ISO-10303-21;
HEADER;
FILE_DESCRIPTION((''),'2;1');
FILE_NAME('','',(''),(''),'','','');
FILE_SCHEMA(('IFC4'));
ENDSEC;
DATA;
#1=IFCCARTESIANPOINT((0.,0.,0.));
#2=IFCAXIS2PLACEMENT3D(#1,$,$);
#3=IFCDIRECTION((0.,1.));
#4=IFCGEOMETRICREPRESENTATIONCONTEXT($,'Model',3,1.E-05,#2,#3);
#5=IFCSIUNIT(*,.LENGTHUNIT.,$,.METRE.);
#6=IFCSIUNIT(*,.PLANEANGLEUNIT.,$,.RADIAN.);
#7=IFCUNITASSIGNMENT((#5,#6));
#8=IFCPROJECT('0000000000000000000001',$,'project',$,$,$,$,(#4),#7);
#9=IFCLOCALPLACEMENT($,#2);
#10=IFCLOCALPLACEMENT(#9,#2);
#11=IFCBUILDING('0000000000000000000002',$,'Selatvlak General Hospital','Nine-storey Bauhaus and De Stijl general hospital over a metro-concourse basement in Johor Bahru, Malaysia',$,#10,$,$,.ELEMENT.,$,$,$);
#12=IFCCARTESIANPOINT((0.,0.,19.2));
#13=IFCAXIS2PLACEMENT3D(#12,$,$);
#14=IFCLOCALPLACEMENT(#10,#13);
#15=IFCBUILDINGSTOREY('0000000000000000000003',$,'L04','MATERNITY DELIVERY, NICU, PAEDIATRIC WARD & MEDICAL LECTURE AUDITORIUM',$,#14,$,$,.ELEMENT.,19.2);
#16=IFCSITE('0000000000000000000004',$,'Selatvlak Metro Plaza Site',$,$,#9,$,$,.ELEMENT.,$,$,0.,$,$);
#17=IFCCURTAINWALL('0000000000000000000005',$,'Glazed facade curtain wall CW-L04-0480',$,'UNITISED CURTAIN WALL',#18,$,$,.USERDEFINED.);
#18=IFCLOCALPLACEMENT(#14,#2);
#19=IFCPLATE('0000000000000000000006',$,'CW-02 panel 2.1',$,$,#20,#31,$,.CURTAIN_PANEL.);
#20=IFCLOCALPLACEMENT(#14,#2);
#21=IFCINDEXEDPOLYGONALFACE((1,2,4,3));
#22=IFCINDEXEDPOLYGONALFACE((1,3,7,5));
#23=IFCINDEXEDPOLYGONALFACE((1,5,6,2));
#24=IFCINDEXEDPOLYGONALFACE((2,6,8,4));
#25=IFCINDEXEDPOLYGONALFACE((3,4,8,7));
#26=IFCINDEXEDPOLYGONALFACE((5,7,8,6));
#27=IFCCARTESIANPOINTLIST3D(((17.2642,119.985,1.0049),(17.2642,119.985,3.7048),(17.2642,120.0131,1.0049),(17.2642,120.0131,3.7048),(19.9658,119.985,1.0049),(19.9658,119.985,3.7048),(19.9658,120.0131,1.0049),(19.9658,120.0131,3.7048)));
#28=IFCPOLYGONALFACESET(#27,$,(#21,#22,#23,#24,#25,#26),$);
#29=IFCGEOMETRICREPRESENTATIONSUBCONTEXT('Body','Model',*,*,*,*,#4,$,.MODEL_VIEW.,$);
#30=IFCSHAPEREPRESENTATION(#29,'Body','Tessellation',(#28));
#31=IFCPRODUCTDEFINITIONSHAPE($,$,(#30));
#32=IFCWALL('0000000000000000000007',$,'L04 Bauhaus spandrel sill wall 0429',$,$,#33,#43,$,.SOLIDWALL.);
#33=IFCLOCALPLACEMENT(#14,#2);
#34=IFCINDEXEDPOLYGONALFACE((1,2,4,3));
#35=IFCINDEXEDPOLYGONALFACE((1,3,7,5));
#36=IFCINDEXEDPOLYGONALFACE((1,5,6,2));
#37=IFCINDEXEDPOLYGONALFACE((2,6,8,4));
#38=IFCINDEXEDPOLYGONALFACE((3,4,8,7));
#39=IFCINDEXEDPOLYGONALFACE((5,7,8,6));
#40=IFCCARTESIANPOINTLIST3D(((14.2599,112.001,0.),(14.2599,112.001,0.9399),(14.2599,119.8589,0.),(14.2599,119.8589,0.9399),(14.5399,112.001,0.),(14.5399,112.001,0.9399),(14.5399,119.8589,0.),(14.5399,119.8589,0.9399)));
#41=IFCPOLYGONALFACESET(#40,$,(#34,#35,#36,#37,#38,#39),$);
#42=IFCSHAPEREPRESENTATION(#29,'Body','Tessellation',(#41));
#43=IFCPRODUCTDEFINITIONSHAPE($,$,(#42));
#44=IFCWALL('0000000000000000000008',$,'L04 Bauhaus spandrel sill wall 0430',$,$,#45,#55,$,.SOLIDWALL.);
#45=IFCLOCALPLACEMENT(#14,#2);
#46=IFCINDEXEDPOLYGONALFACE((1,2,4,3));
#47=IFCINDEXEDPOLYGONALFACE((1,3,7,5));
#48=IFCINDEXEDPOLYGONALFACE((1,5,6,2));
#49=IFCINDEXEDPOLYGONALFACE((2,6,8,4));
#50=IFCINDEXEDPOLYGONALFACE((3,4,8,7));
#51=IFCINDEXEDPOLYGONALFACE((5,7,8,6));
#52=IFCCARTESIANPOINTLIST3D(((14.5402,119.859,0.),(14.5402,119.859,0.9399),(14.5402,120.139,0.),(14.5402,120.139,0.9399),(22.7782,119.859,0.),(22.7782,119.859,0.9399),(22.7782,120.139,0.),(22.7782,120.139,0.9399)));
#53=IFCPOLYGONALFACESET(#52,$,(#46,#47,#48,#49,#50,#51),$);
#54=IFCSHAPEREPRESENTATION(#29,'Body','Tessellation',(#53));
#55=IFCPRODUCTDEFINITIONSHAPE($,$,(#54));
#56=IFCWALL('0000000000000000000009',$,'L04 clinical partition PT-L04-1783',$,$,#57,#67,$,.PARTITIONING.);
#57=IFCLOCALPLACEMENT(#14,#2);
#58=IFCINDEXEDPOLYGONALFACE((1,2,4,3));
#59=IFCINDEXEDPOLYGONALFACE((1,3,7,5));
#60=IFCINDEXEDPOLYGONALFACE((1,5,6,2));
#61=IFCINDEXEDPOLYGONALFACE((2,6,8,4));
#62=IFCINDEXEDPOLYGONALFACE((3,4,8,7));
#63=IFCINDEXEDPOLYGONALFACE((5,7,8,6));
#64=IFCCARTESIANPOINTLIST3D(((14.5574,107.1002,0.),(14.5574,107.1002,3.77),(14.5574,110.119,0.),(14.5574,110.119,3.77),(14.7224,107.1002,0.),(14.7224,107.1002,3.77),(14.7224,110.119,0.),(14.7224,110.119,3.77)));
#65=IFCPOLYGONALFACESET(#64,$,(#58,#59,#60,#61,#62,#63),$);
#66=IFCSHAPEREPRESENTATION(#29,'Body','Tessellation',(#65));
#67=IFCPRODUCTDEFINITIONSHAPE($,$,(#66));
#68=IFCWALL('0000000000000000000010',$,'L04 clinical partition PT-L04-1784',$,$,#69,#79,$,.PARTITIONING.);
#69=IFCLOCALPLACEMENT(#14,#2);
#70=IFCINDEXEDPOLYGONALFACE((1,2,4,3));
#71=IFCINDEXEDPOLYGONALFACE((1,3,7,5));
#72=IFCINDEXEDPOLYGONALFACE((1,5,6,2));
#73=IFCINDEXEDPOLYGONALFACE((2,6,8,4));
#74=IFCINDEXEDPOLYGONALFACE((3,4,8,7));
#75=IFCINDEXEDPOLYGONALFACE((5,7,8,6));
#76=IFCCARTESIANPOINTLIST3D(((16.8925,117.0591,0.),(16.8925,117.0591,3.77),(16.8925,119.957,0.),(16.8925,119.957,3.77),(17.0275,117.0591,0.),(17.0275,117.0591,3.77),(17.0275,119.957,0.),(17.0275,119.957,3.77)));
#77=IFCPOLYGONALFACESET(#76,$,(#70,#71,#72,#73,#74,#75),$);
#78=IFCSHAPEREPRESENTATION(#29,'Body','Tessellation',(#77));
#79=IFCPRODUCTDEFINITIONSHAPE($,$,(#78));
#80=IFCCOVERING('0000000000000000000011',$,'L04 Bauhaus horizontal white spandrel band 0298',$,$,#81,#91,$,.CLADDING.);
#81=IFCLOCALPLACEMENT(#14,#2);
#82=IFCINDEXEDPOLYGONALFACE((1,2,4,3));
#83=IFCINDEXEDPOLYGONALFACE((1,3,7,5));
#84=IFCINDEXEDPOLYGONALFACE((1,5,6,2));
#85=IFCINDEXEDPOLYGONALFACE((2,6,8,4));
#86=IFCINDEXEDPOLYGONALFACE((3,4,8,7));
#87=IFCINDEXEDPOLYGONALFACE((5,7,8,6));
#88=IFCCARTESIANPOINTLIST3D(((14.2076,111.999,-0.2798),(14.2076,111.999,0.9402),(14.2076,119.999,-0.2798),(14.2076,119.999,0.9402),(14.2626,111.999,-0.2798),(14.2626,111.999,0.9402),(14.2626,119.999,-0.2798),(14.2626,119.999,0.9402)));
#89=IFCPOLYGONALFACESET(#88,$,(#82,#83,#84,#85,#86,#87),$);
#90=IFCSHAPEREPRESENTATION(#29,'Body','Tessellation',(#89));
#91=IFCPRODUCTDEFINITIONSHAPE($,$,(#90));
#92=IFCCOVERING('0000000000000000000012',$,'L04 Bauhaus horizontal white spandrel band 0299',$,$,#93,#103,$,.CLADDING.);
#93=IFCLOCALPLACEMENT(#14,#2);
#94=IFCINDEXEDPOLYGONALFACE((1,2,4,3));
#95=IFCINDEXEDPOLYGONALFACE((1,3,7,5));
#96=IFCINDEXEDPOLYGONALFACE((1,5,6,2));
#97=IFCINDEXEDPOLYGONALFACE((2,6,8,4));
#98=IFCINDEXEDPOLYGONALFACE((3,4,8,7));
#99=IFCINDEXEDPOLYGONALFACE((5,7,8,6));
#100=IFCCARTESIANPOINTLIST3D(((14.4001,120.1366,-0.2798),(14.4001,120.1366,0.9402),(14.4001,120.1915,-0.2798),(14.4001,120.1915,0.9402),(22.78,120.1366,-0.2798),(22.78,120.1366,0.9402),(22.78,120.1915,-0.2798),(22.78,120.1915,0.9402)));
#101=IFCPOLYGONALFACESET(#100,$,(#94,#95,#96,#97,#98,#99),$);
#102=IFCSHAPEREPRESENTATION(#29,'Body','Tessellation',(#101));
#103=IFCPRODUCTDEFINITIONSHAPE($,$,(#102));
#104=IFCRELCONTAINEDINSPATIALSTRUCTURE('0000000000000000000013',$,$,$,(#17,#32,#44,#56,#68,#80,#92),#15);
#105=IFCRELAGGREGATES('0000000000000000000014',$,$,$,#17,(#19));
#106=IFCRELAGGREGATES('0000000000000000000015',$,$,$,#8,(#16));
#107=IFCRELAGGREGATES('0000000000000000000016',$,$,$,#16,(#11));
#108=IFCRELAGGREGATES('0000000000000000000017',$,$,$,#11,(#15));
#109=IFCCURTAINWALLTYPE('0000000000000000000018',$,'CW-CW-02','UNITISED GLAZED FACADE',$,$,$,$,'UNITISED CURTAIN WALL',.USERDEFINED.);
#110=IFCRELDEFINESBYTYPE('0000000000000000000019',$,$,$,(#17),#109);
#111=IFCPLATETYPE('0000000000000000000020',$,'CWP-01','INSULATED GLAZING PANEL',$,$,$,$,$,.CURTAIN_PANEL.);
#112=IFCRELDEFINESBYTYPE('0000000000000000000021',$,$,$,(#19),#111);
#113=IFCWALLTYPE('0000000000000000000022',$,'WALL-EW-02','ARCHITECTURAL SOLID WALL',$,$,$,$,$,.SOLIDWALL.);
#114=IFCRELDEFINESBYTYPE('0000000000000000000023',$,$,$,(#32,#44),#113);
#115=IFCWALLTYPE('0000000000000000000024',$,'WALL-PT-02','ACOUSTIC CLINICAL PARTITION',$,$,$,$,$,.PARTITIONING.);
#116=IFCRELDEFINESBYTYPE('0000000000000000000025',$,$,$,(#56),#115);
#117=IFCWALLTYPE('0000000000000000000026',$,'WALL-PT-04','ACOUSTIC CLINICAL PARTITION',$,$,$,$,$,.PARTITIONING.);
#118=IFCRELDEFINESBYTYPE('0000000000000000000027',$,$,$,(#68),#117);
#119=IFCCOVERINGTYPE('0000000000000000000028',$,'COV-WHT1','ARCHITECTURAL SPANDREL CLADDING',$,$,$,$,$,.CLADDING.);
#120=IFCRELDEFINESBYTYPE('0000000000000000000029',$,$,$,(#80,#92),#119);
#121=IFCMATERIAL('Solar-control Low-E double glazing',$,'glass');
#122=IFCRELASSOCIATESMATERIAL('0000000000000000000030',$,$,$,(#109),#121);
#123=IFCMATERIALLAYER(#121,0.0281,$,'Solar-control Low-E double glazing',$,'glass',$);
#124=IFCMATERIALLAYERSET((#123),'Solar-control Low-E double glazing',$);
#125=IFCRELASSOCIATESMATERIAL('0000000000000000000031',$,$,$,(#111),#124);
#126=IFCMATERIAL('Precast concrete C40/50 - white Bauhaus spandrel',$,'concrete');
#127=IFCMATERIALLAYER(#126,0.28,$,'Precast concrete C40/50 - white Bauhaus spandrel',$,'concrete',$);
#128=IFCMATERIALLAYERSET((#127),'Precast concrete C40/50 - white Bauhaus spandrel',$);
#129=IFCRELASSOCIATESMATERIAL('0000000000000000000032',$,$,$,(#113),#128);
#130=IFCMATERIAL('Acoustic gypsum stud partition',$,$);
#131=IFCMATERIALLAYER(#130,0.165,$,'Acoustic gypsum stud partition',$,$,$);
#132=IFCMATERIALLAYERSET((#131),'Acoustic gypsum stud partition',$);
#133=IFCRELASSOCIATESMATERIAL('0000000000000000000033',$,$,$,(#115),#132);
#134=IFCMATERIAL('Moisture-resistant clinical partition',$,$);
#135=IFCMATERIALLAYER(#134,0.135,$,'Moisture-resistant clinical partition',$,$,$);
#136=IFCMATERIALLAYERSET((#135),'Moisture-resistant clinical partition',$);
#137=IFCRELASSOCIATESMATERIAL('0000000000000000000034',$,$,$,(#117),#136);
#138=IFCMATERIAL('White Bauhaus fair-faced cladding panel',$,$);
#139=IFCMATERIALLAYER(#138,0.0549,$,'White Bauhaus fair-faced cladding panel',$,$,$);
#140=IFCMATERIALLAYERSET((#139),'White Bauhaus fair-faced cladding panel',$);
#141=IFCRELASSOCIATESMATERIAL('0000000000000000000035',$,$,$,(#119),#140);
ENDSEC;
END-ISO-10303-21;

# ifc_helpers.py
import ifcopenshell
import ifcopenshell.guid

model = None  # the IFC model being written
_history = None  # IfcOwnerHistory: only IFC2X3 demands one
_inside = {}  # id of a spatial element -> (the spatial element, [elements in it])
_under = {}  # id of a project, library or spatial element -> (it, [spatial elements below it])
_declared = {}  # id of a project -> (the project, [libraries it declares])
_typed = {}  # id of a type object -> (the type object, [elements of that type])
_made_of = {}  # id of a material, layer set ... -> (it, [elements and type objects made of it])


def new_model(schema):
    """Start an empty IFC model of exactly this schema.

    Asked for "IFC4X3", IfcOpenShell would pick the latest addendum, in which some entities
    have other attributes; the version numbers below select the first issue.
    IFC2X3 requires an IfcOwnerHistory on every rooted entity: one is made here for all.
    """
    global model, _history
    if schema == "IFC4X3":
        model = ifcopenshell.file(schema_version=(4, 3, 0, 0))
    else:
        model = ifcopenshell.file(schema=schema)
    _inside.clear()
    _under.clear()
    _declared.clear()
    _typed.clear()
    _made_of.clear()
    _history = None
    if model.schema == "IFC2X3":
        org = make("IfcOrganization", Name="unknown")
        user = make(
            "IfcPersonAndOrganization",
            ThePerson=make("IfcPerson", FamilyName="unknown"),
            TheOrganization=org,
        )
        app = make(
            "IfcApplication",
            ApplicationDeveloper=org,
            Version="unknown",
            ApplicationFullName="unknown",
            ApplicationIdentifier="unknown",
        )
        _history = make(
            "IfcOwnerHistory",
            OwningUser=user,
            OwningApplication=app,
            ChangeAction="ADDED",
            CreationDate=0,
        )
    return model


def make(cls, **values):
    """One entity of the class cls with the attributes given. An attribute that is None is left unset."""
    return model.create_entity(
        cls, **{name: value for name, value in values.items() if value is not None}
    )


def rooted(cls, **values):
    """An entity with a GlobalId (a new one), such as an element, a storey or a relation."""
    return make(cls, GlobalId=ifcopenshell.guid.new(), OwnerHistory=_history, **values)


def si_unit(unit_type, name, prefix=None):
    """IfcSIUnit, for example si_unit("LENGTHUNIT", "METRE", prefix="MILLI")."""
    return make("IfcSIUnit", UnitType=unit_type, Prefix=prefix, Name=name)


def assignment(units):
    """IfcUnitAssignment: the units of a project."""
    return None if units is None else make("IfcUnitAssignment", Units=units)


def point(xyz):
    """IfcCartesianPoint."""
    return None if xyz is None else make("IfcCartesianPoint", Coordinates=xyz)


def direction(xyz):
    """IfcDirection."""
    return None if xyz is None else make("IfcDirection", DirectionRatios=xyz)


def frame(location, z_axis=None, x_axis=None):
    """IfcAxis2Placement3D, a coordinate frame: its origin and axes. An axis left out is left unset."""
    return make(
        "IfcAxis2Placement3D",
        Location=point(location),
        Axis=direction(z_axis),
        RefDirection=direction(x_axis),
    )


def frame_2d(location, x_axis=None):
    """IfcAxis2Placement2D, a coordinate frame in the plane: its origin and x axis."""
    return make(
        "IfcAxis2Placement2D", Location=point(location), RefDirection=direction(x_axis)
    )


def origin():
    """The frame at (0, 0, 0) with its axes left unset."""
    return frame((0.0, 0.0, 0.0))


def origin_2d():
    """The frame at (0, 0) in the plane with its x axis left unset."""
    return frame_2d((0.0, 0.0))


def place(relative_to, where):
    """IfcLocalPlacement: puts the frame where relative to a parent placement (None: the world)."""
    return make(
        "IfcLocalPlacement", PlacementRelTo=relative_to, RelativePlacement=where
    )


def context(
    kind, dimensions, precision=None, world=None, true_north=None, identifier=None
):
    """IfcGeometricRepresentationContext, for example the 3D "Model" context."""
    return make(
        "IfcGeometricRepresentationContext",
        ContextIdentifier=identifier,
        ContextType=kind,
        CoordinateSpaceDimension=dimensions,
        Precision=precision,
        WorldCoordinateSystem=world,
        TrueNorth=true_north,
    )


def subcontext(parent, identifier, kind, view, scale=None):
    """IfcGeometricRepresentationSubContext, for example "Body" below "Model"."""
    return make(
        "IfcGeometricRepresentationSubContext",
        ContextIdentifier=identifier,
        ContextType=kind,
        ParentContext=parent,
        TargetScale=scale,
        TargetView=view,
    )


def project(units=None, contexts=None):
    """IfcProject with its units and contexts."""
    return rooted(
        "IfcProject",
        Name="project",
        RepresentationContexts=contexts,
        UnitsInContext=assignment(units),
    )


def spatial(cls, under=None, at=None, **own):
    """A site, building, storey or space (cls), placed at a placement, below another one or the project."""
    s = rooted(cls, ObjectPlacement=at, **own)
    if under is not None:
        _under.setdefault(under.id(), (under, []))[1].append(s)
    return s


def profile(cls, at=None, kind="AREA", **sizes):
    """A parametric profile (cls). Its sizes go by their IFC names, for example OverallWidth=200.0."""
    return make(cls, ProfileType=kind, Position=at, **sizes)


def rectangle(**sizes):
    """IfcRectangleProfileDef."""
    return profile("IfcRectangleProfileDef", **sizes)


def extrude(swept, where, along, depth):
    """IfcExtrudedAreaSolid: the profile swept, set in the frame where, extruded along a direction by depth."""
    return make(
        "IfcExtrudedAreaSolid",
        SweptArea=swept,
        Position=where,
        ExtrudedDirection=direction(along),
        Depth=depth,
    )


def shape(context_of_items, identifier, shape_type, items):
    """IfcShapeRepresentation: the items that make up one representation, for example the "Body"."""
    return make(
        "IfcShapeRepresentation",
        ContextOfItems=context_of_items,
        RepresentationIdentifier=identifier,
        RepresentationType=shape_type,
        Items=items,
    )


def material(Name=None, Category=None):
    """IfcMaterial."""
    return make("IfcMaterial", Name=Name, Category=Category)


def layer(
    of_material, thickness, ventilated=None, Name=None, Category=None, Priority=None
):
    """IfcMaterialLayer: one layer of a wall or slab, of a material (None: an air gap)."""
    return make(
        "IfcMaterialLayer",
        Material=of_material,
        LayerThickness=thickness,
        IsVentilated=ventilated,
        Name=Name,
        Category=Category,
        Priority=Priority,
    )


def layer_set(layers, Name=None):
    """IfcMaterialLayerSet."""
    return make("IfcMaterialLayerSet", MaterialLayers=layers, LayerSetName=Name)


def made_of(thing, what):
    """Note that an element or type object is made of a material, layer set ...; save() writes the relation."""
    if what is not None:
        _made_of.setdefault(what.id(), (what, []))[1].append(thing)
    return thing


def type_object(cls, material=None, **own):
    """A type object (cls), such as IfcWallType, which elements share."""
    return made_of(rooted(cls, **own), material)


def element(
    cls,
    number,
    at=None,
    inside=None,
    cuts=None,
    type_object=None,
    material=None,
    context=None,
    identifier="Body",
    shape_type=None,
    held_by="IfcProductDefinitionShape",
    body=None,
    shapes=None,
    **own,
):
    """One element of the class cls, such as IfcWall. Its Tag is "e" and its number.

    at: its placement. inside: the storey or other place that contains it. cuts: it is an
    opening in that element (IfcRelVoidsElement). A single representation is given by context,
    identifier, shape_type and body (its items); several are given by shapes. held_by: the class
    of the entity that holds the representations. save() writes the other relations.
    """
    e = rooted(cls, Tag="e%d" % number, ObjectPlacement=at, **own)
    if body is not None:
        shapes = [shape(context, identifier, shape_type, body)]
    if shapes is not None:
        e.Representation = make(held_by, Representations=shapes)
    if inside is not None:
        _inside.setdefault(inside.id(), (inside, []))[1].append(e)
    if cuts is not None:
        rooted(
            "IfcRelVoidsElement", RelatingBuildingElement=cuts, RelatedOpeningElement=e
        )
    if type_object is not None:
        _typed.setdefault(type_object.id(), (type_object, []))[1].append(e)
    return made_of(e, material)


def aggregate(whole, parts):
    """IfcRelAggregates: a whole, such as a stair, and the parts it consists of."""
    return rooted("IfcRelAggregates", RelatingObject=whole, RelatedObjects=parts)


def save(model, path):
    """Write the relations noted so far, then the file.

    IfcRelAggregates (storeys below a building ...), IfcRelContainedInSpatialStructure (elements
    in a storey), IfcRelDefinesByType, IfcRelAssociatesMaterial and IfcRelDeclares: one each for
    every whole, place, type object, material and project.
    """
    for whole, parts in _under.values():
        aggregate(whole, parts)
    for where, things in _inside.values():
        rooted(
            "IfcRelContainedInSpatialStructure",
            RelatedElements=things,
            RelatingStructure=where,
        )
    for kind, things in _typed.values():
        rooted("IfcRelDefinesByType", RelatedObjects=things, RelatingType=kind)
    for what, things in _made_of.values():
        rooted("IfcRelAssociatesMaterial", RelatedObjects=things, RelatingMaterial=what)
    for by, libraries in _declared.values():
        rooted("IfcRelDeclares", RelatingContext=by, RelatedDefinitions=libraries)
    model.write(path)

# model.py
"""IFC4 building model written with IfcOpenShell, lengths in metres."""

from ifc_helpers import new_model, si_unit, direction, frame, frame_2d, origin, origin_2d, place, context, subcontext, project, spatial, rectangle, extrude, material, layer, layer_set, type_object, element, aggregate, save


model = new_model("IFC4")

# Units and contexts
model_context = context("Model", 3, precision=1e-05, world=origin(), true_north=direction((0.0, 1.0)))
body_context = subcontext(model_context, "Body", "Model", "MODEL_VIEW")
ifc_project = project(units=[si_unit("LENGTHUNIT", "METRE"), si_unit("PLANEANGLEUNIT", "RADIAN")], contexts=[model_context])

# Site, building, storey
site_placement = place(None, origin())
site = spatial("IfcSite", under=ifc_project, at=site_placement, Name="Selatvlak Metro Plaza Site", CompositionType="ELEMENT", RefElevation=0.0)
building_placement = place(site_placement, origin())
building = spatial("IfcBuilding", under=site, at=building_placement, Name="Selatvlak General Hospital", Description="Nine-storey Bauhaus and De Stijl general hospital over a metro-concourse basement in Johor Bahru, Malaysia", CompositionType="ELEMENT")
storey_placement = place(building_placement, frame((0.0, 0.0, 19.2)))
storey = spatial("IfcBuildingStorey", under=building, at=storey_placement, Name="L04", Description="MATERNITY DELIVERY, NICU, PAEDIATRIC WARD & MEDICAL LECTURE AUDITORIUM", CompositionType="ELEMENT", Elevation=19.2)

# Shared definitions
ifc_material_1 = material(Name="Solar-control Low-E double glazing", Category="glass")
curtain_wall_type_1 = type_object("IfcCurtainWallType", Name="CW-CW-02", Description="UNITISED GLAZED FACADE", ElementType="UNITISED CURTAIN WALL", PredefinedType="USERDEFINED", material=ifc_material_1)

# Curtain wall
curtain_wall_1_placement = place(storey_placement, origin())
curtain_wall_1 = element("IfcCurtainWall", 1, at=curtain_wall_1_placement, inside=storey, type_object=curtain_wall_type_1, Name="Glazed facade curtain wall CW-L04-0480", ObjectType="UNITISED CURTAIN WALL", PredefinedType="USERDEFINED")

# Plate
ifc_layer_1 = layer(ifc_material_1, 0.0281, Name="Solar-control Low-E double glazing", Category="glass")
ifc_layer_set_1 = layer_set([ifc_layer_1], Name="Solar-control Low-E double glazing")
plate_type = type_object("IfcPlateType", Name="CWP-01", Description="INSULATED GLAZING PANEL", PredefinedType="CURTAIN_PANEL", material=ifc_layer_set_1)
plate_1_placement = place(storey_placement, frame((18.615, 119.999, 1.0049), z_axis=(0.0, 0.0, 1.0), x_axis=(1.0, 0.0, 0.0)))
plate_1 = element("IfcPlate", 2, at=plate_1_placement, type_object=plate_type, Name="CW-02 panel 2.1", PredefinedType="CURTAIN_PANEL", context=body_context, shape_type="SweptSolid", body=[
    extrude(rectangle(XDim=2.7017, YDim=0.0281, at=origin_2d()), origin(), (0.0, 0.0, 1.0), 2.7),
])
aggregate(curtain_wall_1, [plate_1])

# Walls
ifc_material_2 = material(Name="Precast concrete C40/50 - white Bauhaus spandrel", Category="concrete")
ifc_layer_2 = layer(ifc_material_2, 0.28, Name="Precast concrete C40/50 - white Bauhaus spandrel", Category="concrete")
ifc_layer_set_2 = layer_set([ifc_layer_2], Name="Precast concrete C40/50 - white Bauhaus spandrel")
wall_type_1 = type_object("IfcWallType", Name="WALL-EW-02", Description="ARCHITECTURAL SOLID WALL", PredefinedType="SOLIDWALL", material=ifc_layer_set_2)
wall_1_placement = place(storey_placement, frame((14.3999, 112.001, 0.0), z_axis=(0.0, 0.0, 1.0), x_axis=(0.0, 1.0, 0.0)))
element("IfcWall", 3, at=wall_1_placement, inside=storey, type_object=wall_type_1, Name="L04 Bauhaus spandrel sill wall 0429", PredefinedType="SOLIDWALL", context=body_context, shape_type="SweptSolid", body=[
    extrude(rectangle(XDim=7.8579, YDim=0.28, at=frame_2d((3.929, 0.0))), origin(), (0.0, 0.0, 1.0), 0.9399),
])
wall_2_placement = place(storey_placement, frame((14.54, 119.999, 0.0), z_axis=(0.0, 0.0, 1.0), x_axis=(1.0, 0.0, 0.0)))
element("IfcWall", 4, at=wall_2_placement, inside=storey, type_object=wall_type_1, Name="L04 Bauhaus spandrel sill wall 0430", PredefinedType="SOLIDWALL", context=body_context, shape_type="SweptSolid", body=[
    extrude(rectangle(XDim=8.238, YDim=0.28, at=frame_2d((4.1191, 0.0))), origin(), (0.0, 0.0, 1.0), 0.9399),
])

# Shared definitions
ifc_material_3 = material(Name="Acoustic gypsum stud partition")

# Walls
ifc_layer_3 = layer(ifc_material_3, 0.165, Name="Acoustic gypsum stud partition")
ifc_layer_set_3 = layer_set([ifc_layer_3], Name="Acoustic gypsum stud partition")
wall_type_2 = type_object("IfcWallType", Name="WALL-PT-02", Description="ACOUSTIC CLINICAL PARTITION", PredefinedType="PARTITIONING", material=ifc_layer_set_3)
wall_3_placement = place(storey_placement, frame((14.6399, 110.1189, 0.0), z_axis=(0.0, 0.0, 1.0), x_axis=(0.0, -1.0, 0.0)))
element("IfcWall", 5, at=wall_3_placement, inside=storey, type_object=wall_type_2, Name="L04 clinical partition PT-L04-1783", PredefinedType="PARTITIONING", context=body_context, shape_type="SweptSolid", body=[
    extrude(rectangle(XDim=3.0188, YDim=0.165, at=frame_2d((1.5093, 0.0))), origin(), (0.0, 0.0, 1.0), 3.77),
])
ifc_material_4 = material(Name="Moisture-resistant clinical partition")
ifc_layer_4 = layer(ifc_material_4, 0.135, Name="Moisture-resistant clinical partition")
ifc_layer_set_4 = layer_set([ifc_layer_4], Name="Moisture-resistant clinical partition")
wall_type_3 = type_object("IfcWallType", Name="WALL-PT-04", Description="ACOUSTIC CLINICAL PARTITION", PredefinedType="PARTITIONING", material=ifc_layer_set_4)
wall_4_placement = place(storey_placement, frame((16.96, 119.957, 0.0), z_axis=(0.0, 0.0, 1.0), x_axis=(0.0, -1.0, 0.0)))
element("IfcWall", 6, at=wall_4_placement, inside=storey, type_object=wall_type_3, Name="L04 clinical partition PT-L04-1784", PredefinedType="PARTITIONING", context=body_context, shape_type="SweptSolid", body=[
    extrude(rectangle(XDim=2.8979, YDim=0.135, at=frame_2d((1.449, 0.0))), origin(), (0.0, 0.0, 1.0), 3.77),
])

# Coverings
ifc_material_5 = material(Name="White Bauhaus fair-faced cladding panel")
ifc_layer_5 = layer(ifc_material_5, 0.0549, Name="White Bauhaus fair-faced cladding panel")
ifc_layer_set_5 = layer_set([ifc_layer_5], Name="White Bauhaus fair-faced cladding panel")
covering_type = type_object("IfcCoveringType", Name="COV-WHT1", Description="ARCHITECTURAL SPANDREL CLADDING", PredefinedType="CLADDING", material=ifc_layer_set_5)
covering_1_placement = place(storey_placement, frame((14.2351, 115.999, -0.2798), z_axis=(0.0, 0.0, 1.0), x_axis=(0.0, 1.0, 0.0)))
element("IfcCovering", 7, at=covering_1_placement, inside=storey, type_object=covering_type, Name="L04 Bauhaus horizontal white spandrel band 0298", PredefinedType="CLADDING", context=body_context, shape_type="SweptSolid", body=[
    extrude(rectangle(XDim=8.0, YDim=0.0549, at=origin_2d()), origin(), (0.0, 0.0, 1.0), 1.22),
])
covering_2_placement = place(storey_placement, frame((18.5901, 120.1641, -0.2798), z_axis=(0.0, 0.0, 1.0), x_axis=(1.0, 0.0, 0.0)))
element("IfcCovering", 8, at=covering_2_placement, inside=storey, type_object=covering_type, Name="L04 Bauhaus horizontal white spandrel band 0299", PredefinedType="CLADDING", context=body_context, shape_type="SweptSolid", body=[
    extrude(rectangle(XDim=8.3799, YDim=0.0549, at=origin_2d()), origin(), (0.0, 0.0, 1.0), 1.22),
])

save(model, "model.ifc")
